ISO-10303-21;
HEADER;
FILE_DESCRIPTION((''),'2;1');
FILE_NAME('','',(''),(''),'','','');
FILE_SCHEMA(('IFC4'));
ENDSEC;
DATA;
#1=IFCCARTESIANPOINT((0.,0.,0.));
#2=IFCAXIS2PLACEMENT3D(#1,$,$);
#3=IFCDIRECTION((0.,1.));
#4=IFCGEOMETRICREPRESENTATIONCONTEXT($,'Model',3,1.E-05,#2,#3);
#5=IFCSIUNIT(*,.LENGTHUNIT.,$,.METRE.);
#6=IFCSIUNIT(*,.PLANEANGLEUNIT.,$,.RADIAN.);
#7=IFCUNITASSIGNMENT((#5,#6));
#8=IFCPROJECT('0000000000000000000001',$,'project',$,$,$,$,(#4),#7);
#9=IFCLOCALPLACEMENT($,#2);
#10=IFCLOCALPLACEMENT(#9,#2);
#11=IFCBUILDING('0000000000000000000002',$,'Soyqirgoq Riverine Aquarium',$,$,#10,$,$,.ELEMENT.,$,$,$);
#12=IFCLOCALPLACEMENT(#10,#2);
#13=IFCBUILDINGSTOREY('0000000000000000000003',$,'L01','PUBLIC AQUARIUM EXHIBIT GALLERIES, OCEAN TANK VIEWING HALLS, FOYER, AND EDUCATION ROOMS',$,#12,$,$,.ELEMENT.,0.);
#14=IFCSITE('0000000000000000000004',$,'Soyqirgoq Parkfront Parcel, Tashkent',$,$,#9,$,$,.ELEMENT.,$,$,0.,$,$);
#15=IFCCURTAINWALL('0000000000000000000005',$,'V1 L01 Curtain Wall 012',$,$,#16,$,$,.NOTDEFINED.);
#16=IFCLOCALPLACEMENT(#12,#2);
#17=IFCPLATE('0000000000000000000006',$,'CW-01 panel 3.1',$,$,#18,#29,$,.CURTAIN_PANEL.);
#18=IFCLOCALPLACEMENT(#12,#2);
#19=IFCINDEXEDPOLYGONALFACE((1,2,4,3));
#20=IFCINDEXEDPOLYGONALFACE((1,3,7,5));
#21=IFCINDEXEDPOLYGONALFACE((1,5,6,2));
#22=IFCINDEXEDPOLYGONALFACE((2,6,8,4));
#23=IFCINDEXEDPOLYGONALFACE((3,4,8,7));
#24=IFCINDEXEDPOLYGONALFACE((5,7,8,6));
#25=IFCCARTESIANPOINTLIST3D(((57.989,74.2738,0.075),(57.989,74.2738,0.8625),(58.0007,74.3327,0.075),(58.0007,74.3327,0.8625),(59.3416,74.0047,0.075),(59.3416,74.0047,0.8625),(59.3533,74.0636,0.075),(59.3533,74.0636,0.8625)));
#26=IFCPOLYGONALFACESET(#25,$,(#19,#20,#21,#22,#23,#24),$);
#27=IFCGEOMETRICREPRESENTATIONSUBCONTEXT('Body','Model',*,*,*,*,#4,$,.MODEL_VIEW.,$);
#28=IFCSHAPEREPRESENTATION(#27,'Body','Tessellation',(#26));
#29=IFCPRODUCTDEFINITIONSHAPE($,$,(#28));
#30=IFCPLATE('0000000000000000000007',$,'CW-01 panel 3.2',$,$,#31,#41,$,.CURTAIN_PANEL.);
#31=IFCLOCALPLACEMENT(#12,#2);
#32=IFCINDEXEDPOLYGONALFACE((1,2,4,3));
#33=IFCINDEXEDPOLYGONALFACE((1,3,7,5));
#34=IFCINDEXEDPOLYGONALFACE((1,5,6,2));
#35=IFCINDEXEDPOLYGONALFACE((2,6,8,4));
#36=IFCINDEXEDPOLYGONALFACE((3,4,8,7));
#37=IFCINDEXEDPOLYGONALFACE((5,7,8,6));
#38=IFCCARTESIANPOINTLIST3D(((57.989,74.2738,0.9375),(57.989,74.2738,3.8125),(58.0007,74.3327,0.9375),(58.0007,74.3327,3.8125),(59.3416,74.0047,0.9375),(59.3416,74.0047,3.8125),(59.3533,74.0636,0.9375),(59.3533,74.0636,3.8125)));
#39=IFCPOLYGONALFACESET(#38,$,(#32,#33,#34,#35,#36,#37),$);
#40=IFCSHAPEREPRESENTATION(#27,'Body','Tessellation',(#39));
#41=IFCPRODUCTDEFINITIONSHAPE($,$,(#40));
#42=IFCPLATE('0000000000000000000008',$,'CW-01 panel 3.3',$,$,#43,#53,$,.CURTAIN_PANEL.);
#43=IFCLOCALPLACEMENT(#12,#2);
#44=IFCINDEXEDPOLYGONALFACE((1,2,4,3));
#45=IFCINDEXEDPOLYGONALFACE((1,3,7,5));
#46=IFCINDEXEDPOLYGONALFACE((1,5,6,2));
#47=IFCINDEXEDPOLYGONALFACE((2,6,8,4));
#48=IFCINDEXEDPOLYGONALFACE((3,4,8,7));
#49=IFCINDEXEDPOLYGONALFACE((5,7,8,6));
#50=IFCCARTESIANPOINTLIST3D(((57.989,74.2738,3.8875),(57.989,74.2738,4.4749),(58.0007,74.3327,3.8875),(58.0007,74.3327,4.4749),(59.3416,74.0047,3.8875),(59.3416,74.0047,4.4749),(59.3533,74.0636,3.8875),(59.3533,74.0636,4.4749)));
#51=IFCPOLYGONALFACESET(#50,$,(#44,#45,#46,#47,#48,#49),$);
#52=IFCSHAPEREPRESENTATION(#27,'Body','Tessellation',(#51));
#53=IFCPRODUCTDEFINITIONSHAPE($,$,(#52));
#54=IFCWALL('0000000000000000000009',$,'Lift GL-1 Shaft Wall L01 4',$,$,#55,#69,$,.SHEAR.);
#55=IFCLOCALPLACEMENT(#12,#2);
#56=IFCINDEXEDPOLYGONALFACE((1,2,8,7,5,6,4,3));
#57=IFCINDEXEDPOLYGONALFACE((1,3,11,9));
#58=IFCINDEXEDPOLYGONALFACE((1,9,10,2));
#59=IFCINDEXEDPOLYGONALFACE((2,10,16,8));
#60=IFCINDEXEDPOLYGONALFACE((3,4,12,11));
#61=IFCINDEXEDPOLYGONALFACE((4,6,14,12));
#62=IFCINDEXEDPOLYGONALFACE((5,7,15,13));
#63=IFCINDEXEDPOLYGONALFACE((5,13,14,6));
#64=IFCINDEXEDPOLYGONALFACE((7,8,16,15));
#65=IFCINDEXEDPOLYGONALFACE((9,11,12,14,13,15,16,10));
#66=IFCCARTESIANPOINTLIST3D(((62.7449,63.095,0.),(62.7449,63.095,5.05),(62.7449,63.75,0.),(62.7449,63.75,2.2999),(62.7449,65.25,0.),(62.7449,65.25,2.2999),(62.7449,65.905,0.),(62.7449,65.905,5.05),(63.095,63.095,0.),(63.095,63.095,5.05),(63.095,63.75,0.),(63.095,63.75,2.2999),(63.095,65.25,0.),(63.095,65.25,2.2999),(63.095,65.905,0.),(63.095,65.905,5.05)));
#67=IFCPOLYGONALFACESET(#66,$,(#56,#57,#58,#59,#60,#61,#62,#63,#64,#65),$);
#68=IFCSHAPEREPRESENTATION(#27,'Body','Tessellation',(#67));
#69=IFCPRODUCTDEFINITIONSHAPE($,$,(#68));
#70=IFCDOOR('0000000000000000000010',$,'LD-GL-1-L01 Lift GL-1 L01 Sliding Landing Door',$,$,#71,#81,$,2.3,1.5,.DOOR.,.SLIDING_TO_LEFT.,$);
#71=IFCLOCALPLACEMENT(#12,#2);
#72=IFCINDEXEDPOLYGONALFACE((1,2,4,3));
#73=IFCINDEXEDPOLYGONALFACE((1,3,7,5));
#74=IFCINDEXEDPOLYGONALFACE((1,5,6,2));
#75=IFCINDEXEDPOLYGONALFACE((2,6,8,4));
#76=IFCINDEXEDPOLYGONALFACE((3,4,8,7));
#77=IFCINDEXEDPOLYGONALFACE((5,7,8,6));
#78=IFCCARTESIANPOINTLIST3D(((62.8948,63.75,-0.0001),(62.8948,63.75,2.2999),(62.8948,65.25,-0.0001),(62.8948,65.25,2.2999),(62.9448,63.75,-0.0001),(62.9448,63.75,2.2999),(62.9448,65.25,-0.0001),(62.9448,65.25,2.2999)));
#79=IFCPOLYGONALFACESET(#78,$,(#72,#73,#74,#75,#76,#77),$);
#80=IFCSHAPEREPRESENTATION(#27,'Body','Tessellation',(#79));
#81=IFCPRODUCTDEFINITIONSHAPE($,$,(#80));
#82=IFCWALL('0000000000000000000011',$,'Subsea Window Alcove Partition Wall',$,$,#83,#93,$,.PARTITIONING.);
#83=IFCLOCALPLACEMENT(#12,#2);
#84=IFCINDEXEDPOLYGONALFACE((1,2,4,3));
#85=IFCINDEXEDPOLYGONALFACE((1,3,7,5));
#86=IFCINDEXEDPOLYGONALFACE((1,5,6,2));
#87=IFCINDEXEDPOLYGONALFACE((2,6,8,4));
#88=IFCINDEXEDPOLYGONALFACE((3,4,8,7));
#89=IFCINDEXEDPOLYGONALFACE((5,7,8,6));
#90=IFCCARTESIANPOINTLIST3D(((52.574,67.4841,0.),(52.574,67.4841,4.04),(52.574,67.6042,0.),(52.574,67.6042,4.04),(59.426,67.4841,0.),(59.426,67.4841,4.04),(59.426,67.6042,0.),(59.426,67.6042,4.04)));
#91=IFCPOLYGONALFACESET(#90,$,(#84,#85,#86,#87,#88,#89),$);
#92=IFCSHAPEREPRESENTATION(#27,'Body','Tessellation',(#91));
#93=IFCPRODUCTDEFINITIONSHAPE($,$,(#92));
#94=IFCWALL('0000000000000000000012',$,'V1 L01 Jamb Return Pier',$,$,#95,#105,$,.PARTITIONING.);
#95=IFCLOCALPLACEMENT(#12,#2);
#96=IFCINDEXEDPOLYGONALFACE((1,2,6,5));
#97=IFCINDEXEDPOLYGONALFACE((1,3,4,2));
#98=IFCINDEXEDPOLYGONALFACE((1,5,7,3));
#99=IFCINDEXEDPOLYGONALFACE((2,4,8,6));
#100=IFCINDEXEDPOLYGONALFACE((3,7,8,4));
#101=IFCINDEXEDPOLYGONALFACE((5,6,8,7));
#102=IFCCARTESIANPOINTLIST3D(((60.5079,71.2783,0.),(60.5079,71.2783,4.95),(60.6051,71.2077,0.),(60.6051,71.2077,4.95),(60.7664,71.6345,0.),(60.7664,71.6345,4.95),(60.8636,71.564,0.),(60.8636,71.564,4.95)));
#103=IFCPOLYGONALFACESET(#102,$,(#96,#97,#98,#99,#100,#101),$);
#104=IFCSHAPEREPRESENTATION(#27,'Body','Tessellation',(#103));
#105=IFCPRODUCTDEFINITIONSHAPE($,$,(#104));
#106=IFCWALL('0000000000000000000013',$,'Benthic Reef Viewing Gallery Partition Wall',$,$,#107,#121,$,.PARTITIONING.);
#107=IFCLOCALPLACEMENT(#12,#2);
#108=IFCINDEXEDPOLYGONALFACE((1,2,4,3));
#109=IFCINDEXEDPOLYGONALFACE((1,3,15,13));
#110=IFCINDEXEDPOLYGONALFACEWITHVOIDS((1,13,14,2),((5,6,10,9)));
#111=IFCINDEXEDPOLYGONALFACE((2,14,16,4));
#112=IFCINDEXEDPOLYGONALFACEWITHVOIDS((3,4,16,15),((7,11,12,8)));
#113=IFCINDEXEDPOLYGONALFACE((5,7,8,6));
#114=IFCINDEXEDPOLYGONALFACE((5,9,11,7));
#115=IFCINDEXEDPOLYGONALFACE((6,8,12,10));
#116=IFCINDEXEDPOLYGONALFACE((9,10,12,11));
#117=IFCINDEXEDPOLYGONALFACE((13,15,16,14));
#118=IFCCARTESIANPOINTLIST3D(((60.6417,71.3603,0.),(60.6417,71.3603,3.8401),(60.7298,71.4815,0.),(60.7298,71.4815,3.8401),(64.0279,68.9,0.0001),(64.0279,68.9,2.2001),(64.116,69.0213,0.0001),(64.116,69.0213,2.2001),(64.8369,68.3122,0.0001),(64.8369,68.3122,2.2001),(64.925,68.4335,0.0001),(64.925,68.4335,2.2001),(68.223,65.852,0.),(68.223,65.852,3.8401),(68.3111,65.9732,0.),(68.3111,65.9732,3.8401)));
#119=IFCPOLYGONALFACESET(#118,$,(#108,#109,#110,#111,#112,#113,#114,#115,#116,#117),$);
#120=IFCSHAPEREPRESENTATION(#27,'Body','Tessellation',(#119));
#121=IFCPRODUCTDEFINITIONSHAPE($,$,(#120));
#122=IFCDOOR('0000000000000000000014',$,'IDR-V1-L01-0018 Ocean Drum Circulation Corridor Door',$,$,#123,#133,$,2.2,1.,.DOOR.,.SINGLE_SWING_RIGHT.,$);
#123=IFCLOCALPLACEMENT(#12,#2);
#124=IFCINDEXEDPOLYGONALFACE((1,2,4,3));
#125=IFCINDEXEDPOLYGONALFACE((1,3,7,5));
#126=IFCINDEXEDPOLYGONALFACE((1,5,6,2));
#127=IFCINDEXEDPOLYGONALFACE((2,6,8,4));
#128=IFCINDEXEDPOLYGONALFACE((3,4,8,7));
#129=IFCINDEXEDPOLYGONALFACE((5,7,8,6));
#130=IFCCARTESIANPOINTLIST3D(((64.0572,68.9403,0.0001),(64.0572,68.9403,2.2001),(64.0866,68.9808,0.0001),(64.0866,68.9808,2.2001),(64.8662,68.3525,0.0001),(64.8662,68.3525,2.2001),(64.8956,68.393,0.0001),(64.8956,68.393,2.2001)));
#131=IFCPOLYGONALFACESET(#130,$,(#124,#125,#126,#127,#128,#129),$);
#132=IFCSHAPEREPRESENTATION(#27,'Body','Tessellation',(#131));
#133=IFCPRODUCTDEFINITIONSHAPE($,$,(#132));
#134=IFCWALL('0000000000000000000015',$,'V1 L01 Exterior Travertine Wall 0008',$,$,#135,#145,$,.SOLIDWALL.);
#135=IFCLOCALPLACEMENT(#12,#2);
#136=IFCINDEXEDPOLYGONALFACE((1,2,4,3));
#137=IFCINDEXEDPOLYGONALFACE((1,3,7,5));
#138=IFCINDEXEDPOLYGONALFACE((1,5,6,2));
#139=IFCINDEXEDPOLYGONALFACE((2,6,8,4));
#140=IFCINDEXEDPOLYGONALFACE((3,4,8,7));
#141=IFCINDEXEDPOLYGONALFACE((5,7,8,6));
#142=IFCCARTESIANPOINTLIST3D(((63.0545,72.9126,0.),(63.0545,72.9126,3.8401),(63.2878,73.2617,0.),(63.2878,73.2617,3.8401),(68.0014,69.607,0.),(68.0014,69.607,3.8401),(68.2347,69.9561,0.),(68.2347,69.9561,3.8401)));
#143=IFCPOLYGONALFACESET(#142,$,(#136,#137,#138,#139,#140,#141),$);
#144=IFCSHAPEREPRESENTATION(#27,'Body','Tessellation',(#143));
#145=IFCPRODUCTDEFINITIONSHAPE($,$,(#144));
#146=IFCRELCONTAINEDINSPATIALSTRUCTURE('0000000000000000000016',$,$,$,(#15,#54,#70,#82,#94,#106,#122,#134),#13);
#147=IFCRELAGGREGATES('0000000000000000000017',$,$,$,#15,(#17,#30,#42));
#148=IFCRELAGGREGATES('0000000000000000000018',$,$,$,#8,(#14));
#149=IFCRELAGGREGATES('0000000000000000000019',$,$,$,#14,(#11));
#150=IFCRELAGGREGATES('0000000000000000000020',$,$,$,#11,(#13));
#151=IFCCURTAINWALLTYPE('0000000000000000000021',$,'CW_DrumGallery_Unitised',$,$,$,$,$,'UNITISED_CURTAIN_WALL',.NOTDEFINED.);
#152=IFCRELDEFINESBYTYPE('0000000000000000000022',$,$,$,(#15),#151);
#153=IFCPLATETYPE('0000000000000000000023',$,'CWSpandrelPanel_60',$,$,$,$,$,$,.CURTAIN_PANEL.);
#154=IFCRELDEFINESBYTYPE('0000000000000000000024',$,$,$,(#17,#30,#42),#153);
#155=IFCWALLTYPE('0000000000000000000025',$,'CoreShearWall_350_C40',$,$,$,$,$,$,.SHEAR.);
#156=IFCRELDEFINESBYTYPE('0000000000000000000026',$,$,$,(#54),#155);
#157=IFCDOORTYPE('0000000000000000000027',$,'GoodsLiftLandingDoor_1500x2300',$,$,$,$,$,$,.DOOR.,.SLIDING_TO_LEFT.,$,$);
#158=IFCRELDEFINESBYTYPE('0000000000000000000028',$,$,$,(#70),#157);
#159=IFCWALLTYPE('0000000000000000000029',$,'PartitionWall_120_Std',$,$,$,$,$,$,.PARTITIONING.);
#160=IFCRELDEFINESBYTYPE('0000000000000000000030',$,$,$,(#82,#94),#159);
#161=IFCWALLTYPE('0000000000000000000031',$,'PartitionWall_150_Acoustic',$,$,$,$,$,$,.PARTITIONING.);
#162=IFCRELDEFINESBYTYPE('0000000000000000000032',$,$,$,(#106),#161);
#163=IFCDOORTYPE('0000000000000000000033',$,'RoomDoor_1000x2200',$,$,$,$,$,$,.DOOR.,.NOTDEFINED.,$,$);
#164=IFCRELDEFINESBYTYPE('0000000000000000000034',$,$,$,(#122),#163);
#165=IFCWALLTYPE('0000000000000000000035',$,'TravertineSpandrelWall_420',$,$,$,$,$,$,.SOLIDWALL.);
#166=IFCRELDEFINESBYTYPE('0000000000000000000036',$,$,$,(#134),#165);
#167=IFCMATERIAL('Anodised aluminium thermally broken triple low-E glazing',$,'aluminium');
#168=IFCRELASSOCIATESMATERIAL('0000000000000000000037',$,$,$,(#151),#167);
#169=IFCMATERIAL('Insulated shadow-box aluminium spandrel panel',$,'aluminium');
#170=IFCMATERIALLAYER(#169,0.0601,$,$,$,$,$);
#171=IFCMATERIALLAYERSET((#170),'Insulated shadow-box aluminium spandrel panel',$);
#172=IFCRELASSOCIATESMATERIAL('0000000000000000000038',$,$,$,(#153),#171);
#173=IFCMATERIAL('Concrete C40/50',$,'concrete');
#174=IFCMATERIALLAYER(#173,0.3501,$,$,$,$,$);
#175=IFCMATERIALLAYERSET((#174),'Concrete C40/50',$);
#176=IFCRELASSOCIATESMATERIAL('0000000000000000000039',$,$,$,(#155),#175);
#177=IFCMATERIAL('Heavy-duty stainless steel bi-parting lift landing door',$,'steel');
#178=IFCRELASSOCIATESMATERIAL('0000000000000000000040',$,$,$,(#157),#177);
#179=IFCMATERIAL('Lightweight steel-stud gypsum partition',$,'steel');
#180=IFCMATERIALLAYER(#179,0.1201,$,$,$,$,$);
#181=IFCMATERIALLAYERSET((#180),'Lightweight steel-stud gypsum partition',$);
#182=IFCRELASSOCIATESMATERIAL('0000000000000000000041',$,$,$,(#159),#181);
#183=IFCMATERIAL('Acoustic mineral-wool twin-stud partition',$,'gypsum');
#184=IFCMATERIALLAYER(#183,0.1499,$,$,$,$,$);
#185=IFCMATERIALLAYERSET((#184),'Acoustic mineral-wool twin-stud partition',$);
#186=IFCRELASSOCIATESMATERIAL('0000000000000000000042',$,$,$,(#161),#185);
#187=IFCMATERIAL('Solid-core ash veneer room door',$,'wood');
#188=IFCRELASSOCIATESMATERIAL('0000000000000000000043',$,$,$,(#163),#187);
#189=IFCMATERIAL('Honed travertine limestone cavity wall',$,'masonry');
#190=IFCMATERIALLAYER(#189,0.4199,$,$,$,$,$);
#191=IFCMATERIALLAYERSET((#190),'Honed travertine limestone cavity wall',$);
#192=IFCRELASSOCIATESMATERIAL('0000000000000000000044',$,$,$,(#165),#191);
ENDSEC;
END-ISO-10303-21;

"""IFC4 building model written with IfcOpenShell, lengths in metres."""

from ifc_helpers import new_model, si_unit, direction, frame, frame_2d, origin, origin_2d, place, context, subcontext, project, spatial, rectangle, extrude, material, layer, layer_set, type_object, element, fill, aggregate, save


model = new_model("IFC4")

# Units and contexts
model_context = context("Model", 3, precision=1e-05, world=origin(), true_north=direction((0.0, 1.0)))
body_context = subcontext(model_context, "Body", "Model", "MODEL_VIEW")
ifc_project = project(units=[si_unit("LENGTHUNIT", "METRE"), si_unit("PLANEANGLEUNIT", "RADIAN")], contexts=[model_context])

# Site, building, storey
site_placement = place(None, origin())
site = spatial("IfcSite", under=ifc_project, at=site_placement, Name="Soyqirgoq Parkfront Parcel, Tashkent", CompositionType="ELEMENT", RefElevation=0.0)
building_placement = place(site_placement, origin())
building = spatial("IfcBuilding", under=site, at=building_placement, Name="Soyqirgoq Riverine Aquarium", CompositionType="ELEMENT")
storey_placement = place(building_placement, origin())
storey = spatial("IfcBuildingStorey", under=building, at=storey_placement, Name="L01", Description="PUBLIC AQUARIUM EXHIBIT GALLERIES, OCEAN TANK VIEWING HALLS, FOYER, AND EDUCATION ROOMS", CompositionType="ELEMENT", Elevation=0.0)

# Curtain wall
ifc_material_1 = material(Name="Anodised aluminium thermally broken triple low-E glazing", Category="aluminium")
curtain_wall_type = type_object("IfcCurtainWallType", Name="CW_DrumGallery_Unitised", ElementType="UNITISED_CURTAIN_WALL", PredefinedType="NOTDEFINED", material=ifc_material_1)
curtain_wall_placement = place(storey_placement, origin())
curtain_wall = element("IfcCurtainWall", 1, at=curtain_wall_placement, inside=storey, type_object=curtain_wall_type, Name="V1 L01 Curtain Wall 012", PredefinedType="NOTDEFINED")

# Plates
ifc_material_2 = material(Name="Insulated shadow-box aluminium spandrel panel", Category="aluminium")
ifc_layer_1 = layer(ifc_material_2, 0.0601)
ifc_layer_set_1 = layer_set([ifc_layer_1], Name="Insulated shadow-box aluminium spandrel panel")
plate_type = type_object("IfcPlateType", Name="CWSpandrelPanel_60", PredefinedType="CURTAIN_PANEL", material=ifc_layer_set_1)
plate_1_placement = place(storey_placement, frame((58.6711, 74.1687, 0.075), z_axis=(0.0, 0.0, 1.0), x_axis=(-0.980788, 0.195075, 0.0)))
plate_1 = element("IfcPlate", 2, at=plate_1_placement, type_object=plate_type, Name="CW-01 panel 3.1", PredefinedType="CURTAIN_PANEL", context=body_context, shape_type="SweptSolid", body=[
    extrude(rectangle(XDim=1.3792, YDim=0.0601, at=origin_2d()), origin(), (0.0, 0.0, 1.0), 0.7876),
])
plate_2_placement = place(storey_placement, frame((58.6711, 74.1687, 0.9375), z_axis=(0.0, 0.0, 1.0), x_axis=(-0.980788, 0.195075, 0.0)))
plate_2 = element("IfcPlate", 3, at=plate_2_placement, type_object=plate_type, Name="CW-01 panel 3.2", PredefinedType="CURTAIN_PANEL", context=body_context, shape_type="SweptSolid", body=[
    extrude(rectangle(XDim=1.3792, YDim=0.0601, at=origin_2d()), origin(), (0.0, 0.0, 1.0), 2.875),
])
plate_3_placement = place(storey_placement, frame((58.6711, 74.1687, 3.8875), z_axis=(0.0, 0.0, 1.0), x_axis=(-0.980788, 0.195075, 0.0)))
plate_3 = element("IfcPlate", 4, at=plate_3_placement, type_object=plate_type, Name="CW-01 panel 3.3", PredefinedType="CURTAIN_PANEL", context=body_context, shape_type="SweptSolid", body=[
    extrude(rectangle(XDim=1.3792, YDim=0.0601, at=origin_2d()), origin(), (0.0, 0.0, 1.0), 0.5874),
])
aggregate(curtain_wall, [plate_1, plate_2, plate_3])

# Wall, opening, door
ifc_material_3 = material(Name="Concrete C40/50", Category="concrete")
ifc_layer_2 = layer(ifc_material_3, 0.3501)
ifc_layer_set_2 = layer_set([ifc_layer_2], Name="Concrete C40/50")
wall_type_1 = type_object("IfcWallType", Name="CoreShearWall_350_C40", PredefinedType="SHEAR", material=ifc_layer_set_2)
wall_1_placement = place(storey_placement, frame((62.9199, 65.905, 0.0), z_axis=(0.0, 0.0, 1.0), x_axis=(0.0, -1.0, 0.0)))
wall_1 = element("IfcWall", 5, at=wall_1_placement, inside=storey, type_object=wall_type_1, Name="Lift GL-1 Shaft Wall L01 4", PredefinedType="SHEAR", context=body_context, shape_type="SweptSolid", body=[
    extrude(rectangle(XDim=2.8101, YDim=0.3501, at=frame_2d((1.405, 0.0))), origin(), (0.0, 0.0, 1.0), 5.05),
])
opening_1_placement = place(wall_1_placement, frame((0.655, 0.0, 0.0)))
opening_1 = element("IfcOpeningElement", 6, at=opening_1_placement, cuts=wall_1, PredefinedType="OPENING", context=body_context, shape_type="SweptSolid", body=[
    extrude(rectangle(XDim=1.5, YDim=2.3, at=frame_2d((0.75, 1.1499))), frame((0.0, 0.1851, 0.0), z_axis=(0.0, -1.0, 0.0), x_axis=(1.0, 0.0, 0.0)), (0.0, 0.0, 1.0), 0.3701),
])
ifc_material_4 = material(Name="Heavy-duty stainless steel bi-parting lift landing door", Category="steel")
door_type_1 = type_object("IfcDoorType", Name="GoodsLiftLandingDoor_1500x2300", OperationType="SLIDING_TO_LEFT", PredefinedType="DOOR", material=ifc_material_4)
door_1_placement = place(opening_1_placement, origin())
door_1 = element("IfcDoor", 7, at=door_1_placement, inside=storey, type_object=door_type_1, Name="LD-GL-1-L01 Lift GL-1 L01 Sliding Landing Door", OperationType="SLIDING_TO_LEFT", OverallHeight=2.3, OverallWidth=1.5, PredefinedType="DOOR", context=body_context, shape_type="SweptSolid", body=[
    extrude(rectangle(XDim=1.5, YDim=2.3, at=frame_2d((0.75, 1.1499))), frame((0.0, 0.0249, 0.0), z_axis=(0.0, -1.0, 0.0), x_axis=(1.0, 0.0, 0.0)), (0.0, 0.0, 1.0), 0.05),
])
fill(opening_1, door_1)

# Walls
ifc_material_5 = material(Name="Lightweight steel-stud gypsum partition", Category="steel")
ifc_layer_3 = layer(ifc_material_5, 0.1201)
ifc_layer_set_3 = layer_set([ifc_layer_3], Name="Lightweight steel-stud gypsum partition")
wall_type_2 = type_object("IfcWallType", Name="PartitionWall_120_Std", PredefinedType="PARTITIONING", material=ifc_layer_set_3)
wall_2_placement = place(storey_placement, frame((59.426, 67.5442, 0.0), z_axis=(0.0, 0.0, 1.0), x_axis=(-1.0, 0.0, 0.0)))
element("IfcWall", 8, at=wall_2_placement, inside=storey, type_object=wall_type_2, Name="Subsea Window Alcove Partition Wall", PredefinedType="PARTITIONING", context=body_context, shape_type="SweptSolid", body=[
    extrude(rectangle(XDim=6.8521, YDim=0.1201, at=frame_2d((3.426, 0.0))), origin(), (0.0, 0.0, 1.0), 4.04),
])
wall_3_placement = place(storey_placement, frame((60.5564, 71.2429, 0.0), z_axis=(0.0, 0.0, 1.0), x_axis=(0.587413, 0.809287, 0.0)))
element("IfcWall", 9, at=wall_3_placement, inside=storey, type_object=wall_type_2, Name="V1 L01 Jamb Return Pier", PredefinedType="PARTITIONING", context=body_context, shape_type="SweptSolid", body=[
    extrude(rectangle(XDim=0.4402, YDim=0.1201, at=frame_2d((0.2202, 0.0))), origin(), (0.0, 0.0, 1.0), 4.95),
])

# Wall, opening, door
ifc_material_6 = material(Name="Acoustic mineral-wool twin-stud partition", Category="gypsum")
ifc_layer_4 = layer(ifc_material_6, 0.1499)
ifc_layer_set_4 = layer_set([ifc_layer_4], Name="Acoustic mineral-wool twin-stud partition")
wall_type_3 = type_object("IfcWallType", Name="PartitionWall_150_Acoustic", PredefinedType="PARTITIONING", material=ifc_layer_set_4)
wall_4_placement = place(storey_placement, frame((60.6858, 71.4209, 0.0), z_axis=(0.0, 0.0, 1.0), x_axis=(0.809009, -0.587797, 0.0)))
wall_4 = element("IfcWall", 10, at=wall_4_placement, inside=storey, type_object=wall_type_3, Name="Benthic Reef Viewing Gallery Partition Wall", PredefinedType="PARTITIONING", context=body_context, shape_type="SweptSolid", body=[
    extrude(rectangle(XDim=9.3711, YDim=0.1499, at=frame_2d((4.6855, 0.0))), origin(), (0.0, 0.0, 1.0), 3.8401),
])
opening_2_placement = place(wall_4_placement, frame((4.1855, 0.0, 0.0)))
opening_2 = element("IfcOpeningElement", 11, at=opening_2_placement, cuts=wall_4, PredefinedType="OPENING", context=body_context, shape_type="SweptSolid", body=[
    extrude(rectangle(XDim=1.0, YDim=2.2, at=frame_2d((0.5, 1.1001))), frame((0.0, 0.085, 0.0), z_axis=(0.0, -1.0, 0.0), x_axis=(1.0, 0.0, 0.0)), (0.0, 0.0, 1.0), 0.1699),
])
ifc_material_7 = material(Name="Solid-core ash veneer room door", Category="wood")
door_type_2 = type_object("IfcDoorType", Name="RoomDoor_1000x2200", OperationType="NOTDEFINED", PredefinedType="DOOR", material=ifc_material_7)
door_2_placement = place(opening_2_placement, origin())
door_2 = element("IfcDoor", 12, at=door_2_placement, inside=storey, type_object=door_type_2, Name="IDR-V1-L01-0018 Ocean Drum Circulation Corridor Door", OperationType="SINGLE_SWING_RIGHT", OverallHeight=2.2, OverallWidth=1.0, PredefinedType="DOOR", context=body_context, shape_type="SweptSolid", body=[
    extrude(rectangle(XDim=1.0, YDim=2.2, at=frame_2d((0.5, 1.1001))), frame((0.0, 0.0249, 0.0), z_axis=(0.0, -1.0, 0.0), x_axis=(1.0, 0.0, 0.0)), (0.0, 0.0, 1.0), 0.05),
])
fill(opening_2, door_2)

# Wall
ifc_material_8 = material(Name="Honed travertine limestone cavity wall", Category="masonry")
ifc_layer_5 = layer(ifc_material_8, 0.4199)
ifc_layer_set_5 = layer_set([ifc_layer_5], Name="Honed travertine limestone cavity wall")
wall_type_4 = type_object("IfcWallType", Name="TravertineSpandrelWall_420", PredefinedType="SOLIDWALL", material=ifc_layer_set_5)
wall_5_placement = place(storey_placement, frame((63.1711, 73.0872, 0.0), z_axis=(0.0, 0.0, 1.0), x_axis=(0.831456, -0.55559, 0.0)))
element("IfcWall", 13, at=wall_5_placement, inside=storey, type_object=wall_type_4, Name="V1 L01 Exterior Travertine Wall 0008", PredefinedType="SOLIDWALL", context=body_context, shape_type="SweptSolid", body=[
    extrude(rectangle(XDim=5.9497, YDim=0.4199, at=frame_2d((2.9749, 0.0))), origin(), (0.0, 0.0, 1.0), 3.8401),
])

save(model, "model.ifc")
